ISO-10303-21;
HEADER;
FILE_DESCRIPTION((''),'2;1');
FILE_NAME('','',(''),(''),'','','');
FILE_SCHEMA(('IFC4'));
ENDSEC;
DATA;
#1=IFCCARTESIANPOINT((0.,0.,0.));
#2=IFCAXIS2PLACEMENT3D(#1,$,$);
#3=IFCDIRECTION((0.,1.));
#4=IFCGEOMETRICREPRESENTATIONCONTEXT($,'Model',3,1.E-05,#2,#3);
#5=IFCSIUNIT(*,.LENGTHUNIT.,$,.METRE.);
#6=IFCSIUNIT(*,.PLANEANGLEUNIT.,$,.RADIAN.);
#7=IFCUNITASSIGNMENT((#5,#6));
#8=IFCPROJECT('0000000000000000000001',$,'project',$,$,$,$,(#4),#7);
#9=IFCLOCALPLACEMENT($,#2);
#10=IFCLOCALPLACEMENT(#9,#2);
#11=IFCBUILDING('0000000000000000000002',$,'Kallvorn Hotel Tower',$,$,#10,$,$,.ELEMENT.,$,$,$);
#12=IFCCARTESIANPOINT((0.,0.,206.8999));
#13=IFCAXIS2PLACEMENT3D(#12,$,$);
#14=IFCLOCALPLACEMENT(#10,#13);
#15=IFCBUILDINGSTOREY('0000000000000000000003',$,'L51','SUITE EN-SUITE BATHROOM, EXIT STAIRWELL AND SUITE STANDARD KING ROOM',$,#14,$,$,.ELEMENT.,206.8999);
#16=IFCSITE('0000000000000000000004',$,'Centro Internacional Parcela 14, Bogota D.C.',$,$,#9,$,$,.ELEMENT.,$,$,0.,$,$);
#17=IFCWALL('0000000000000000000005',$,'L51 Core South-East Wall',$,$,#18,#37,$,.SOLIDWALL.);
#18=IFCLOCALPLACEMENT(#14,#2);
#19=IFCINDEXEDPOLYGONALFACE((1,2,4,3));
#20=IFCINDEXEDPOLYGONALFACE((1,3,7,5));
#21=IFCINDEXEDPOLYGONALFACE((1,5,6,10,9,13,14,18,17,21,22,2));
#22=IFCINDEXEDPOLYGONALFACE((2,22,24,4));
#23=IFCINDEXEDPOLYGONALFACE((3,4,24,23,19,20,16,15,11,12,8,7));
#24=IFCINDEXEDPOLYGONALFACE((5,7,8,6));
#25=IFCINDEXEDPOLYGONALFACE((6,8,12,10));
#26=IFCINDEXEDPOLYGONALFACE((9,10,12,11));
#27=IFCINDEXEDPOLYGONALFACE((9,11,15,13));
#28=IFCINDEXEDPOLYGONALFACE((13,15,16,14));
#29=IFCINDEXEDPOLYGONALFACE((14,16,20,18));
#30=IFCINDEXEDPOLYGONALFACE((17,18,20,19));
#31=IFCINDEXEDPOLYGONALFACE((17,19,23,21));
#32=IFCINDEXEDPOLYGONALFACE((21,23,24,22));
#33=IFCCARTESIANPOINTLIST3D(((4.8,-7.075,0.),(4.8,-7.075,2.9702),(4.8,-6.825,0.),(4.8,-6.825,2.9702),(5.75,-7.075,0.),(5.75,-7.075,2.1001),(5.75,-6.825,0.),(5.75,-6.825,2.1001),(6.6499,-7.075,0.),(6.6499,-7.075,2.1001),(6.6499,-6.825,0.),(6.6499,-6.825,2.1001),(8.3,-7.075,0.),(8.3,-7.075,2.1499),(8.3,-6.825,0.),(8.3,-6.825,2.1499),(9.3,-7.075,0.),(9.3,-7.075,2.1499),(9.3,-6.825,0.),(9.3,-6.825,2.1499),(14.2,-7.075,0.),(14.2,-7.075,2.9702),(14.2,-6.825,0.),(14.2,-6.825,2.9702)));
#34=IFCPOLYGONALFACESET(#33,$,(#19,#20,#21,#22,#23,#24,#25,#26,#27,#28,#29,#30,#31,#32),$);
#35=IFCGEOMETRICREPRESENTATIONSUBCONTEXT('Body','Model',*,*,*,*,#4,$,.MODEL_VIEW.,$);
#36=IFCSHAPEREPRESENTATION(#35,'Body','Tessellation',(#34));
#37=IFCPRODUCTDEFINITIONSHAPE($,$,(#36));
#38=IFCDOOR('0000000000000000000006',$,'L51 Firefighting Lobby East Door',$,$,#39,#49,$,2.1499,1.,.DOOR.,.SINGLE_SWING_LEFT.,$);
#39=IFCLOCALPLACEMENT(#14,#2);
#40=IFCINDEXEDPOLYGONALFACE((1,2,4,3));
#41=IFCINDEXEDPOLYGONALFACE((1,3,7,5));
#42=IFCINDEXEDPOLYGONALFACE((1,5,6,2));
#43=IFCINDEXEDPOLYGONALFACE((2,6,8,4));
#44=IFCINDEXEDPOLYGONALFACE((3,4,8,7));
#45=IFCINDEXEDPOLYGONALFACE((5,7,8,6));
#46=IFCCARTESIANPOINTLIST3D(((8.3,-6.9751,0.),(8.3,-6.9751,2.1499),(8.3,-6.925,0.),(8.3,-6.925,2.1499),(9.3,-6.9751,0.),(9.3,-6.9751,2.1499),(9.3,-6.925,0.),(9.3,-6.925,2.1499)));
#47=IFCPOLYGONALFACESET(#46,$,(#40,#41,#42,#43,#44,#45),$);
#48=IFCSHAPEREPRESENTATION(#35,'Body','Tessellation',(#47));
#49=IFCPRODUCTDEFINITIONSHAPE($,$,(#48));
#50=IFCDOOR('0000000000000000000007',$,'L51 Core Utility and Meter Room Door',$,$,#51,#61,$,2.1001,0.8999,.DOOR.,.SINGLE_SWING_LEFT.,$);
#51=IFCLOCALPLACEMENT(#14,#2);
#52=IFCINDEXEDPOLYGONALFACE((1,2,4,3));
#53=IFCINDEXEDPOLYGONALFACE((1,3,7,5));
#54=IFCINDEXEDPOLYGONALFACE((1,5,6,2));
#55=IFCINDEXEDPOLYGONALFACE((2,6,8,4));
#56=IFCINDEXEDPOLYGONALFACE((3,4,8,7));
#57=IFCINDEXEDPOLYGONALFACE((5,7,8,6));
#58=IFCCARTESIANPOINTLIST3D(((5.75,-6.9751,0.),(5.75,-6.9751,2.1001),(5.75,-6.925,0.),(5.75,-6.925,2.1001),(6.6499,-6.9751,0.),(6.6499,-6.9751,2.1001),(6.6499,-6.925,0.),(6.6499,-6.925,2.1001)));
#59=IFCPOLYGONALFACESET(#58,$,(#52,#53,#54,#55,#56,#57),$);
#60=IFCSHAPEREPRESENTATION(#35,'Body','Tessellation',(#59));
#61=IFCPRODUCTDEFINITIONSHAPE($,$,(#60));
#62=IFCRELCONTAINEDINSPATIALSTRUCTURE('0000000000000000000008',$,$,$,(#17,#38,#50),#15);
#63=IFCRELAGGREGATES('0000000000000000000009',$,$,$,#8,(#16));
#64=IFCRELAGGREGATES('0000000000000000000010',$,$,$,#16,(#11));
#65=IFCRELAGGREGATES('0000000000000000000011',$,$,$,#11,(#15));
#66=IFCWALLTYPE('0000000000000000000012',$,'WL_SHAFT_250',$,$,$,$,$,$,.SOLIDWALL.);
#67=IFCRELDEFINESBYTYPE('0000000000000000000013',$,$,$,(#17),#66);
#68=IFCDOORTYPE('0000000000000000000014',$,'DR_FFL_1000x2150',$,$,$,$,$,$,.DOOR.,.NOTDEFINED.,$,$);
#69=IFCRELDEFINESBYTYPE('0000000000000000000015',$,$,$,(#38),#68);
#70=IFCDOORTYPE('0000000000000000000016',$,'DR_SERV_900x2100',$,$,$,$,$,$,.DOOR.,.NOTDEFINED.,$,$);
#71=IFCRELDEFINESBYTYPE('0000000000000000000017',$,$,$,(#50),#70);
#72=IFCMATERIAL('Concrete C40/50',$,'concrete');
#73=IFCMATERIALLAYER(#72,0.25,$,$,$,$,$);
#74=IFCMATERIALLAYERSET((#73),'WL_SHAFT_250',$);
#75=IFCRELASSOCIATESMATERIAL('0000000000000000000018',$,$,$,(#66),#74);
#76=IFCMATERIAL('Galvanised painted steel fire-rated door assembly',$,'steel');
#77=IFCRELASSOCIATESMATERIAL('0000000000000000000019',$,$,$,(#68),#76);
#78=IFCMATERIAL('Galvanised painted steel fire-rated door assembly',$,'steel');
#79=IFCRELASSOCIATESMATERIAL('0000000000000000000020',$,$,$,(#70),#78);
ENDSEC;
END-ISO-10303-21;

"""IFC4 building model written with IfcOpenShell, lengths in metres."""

from ifc_helpers import new_model, si_unit, direction, frame, frame_2d, origin, place, context, subcontext, project, spatial, rectangle, extrude, material, layer, layer_set, type_object, element, fill, save


model = new_model("IFC4")

# Units and contexts
model_context = context("Model", 3, precision=1e-05, world=origin(), true_north=direction((0.0, 1.0)))
body_context = subcontext(model_context, "Body", "Model", "MODEL_VIEW")
ifc_project = project(units=[si_unit("LENGTHUNIT", "METRE"), si_unit("PLANEANGLEUNIT", "RADIAN")], contexts=[model_context])

# Site, building, storey
site_placement = place(None, origin())
site = spatial("IfcSite", under=ifc_project, at=site_placement, Name="Centro Internacional Parcela 14, Bogota D.C.", CompositionType="ELEMENT", RefElevation=0.0)
building_placement = place(site_placement, origin())
building = spatial("IfcBuilding", under=site, at=building_placement, Name="Kallvorn Hotel Tower", CompositionType="ELEMENT")
storey_placement = place(building_placement, frame((0.0, 0.0, 206.8999)))
storey = spatial("IfcBuildingStorey", under=building, at=storey_placement, Name="L51", Description="SUITE EN-SUITE BATHROOM, EXIT STAIRWELL AND SUITE STANDARD KING ROOM", CompositionType="ELEMENT", Elevation=206.8999)

# Wall, openings, doors
ifc_material_1 = material(Name="Concrete C40/50", Category="concrete")
ifc_layer_1 = layer(ifc_material_1, 0.25)
ifc_layer_set_1 = layer_set([ifc_layer_1], Name="WL_SHAFT_250")
wall_type_1 = type_object("IfcWallType", Name="WL_SHAFT_250", PredefinedType="SOLIDWALL", material=ifc_layer_set_1)
wall_1_placement = place(storey_placement, frame((4.8, -6.95, 0.0), z_axis=(0.0, 0.0, 1.0), x_axis=(1.0, 0.0, 0.0)))
wall_1 = element("IfcWall", 1, at=wall_1_placement, inside=storey, type_object=wall_type_1, Name="L51 Core South-East Wall", PredefinedType="SOLIDWALL", context=body_context, shape_type="SweptSolid", body=[
    extrude(rectangle(XDim=9.3999, YDim=0.25, at=frame_2d((4.7, 0.0))), origin(), (0.0, 0.0, 1.0), 2.9702),
])
opening_1_placement = place(wall_1_placement, frame((3.5, 0.0, 0.0)))
opening_1 = element("IfcOpeningElement", 2, at=opening_1_placement, cuts=wall_1, PredefinedType="OPENING", context=body_context, shape_type="SweptSolid", body=[
    extrude(rectangle(XDim=1.0, YDim=2.1499, at=frame_2d((0.5, 1.075))), frame((0.0, 0.1399, 0.0), z_axis=(0.0, -1.0, 0.0), x_axis=(1.0, 0.0, 0.0)), (0.0, 0.0, 1.0), 0.28),
])
opening_2_placement = place(wall_1_placement, frame((0.95, 0.0, 0.0)))
opening_2 = element("IfcOpeningElement", 3, at=opening_2_placement, cuts=wall_1, PredefinedType="OPENING", context=body_context, shape_type="SweptSolid", body=[
    extrude(rectangle(XDim=0.8999, YDim=2.1001, at=frame_2d((0.45, 1.05))), frame((0.0, 0.1399, 0.0), z_axis=(0.0, -1.0, 0.0), x_axis=(1.0, 0.0, 0.0)), (0.0, 0.0, 1.0), 0.28),
])
ifc_material_2 = material(Name="Galvanised painted steel fire-rated door assembly", Category="steel")
door_type_1 = type_object("IfcDoorType", Name="DR_FFL_1000x2150", OperationType="NOTDEFINED", PredefinedType="DOOR", material=ifc_material_2)
door_1_placement = place(opening_1_placement, origin())
door_1 = element("IfcDoor", 4, at=door_1_placement, inside=storey, type_object=door_type_1, Name="L51 Firefighting Lobby East Door", OperationType="SINGLE_SWING_LEFT", OverallHeight=2.1499, OverallWidth=1.0, PredefinedType="DOOR", context=body_context, shape_type="SweptSolid", body=[
    extrude(rectangle(XDim=1.0, YDim=2.1499, at=frame_2d((0.5, 1.075))), frame((0.0, 0.0249, 0.0), z_axis=(0.0, -1.0, 0.0), x_axis=(1.0, 0.0, 0.0)), (0.0, 0.0, 1.0), 0.05),
])
fill(opening_1, door_1)
ifc_material_3 = material(Name="Galvanised painted steel fire-rated door assembly", Category="steel")
door_type_2 = type_object("IfcDoorType", Name="DR_SERV_900x2100", OperationType="NOTDEFINED", PredefinedType="DOOR", material=ifc_material_3)
door_2_placement = place(opening_2_placement, origin())
door_2 = element("IfcDoor", 5, at=door_2_placement, inside=storey, type_object=door_type_2, Name="L51 Core Utility and Meter Room Door", OperationType="SINGLE_SWING_LEFT", OverallHeight=2.1001, OverallWidth=0.8999, PredefinedType="DOOR", context=body_context, shape_type="SweptSolid", body=[
    extrude(rectangle(XDim=0.8999, YDim=2.1001, at=frame_2d((0.45, 1.05))), frame((0.0, 0.0249, 0.0), z_axis=(0.0, -1.0, 0.0), x_axis=(1.0, 0.0, 0.0)), (0.0, 0.0, 1.0), 0.05),
])
fill(opening_2, door_2)

save(model, "model.ifc")
